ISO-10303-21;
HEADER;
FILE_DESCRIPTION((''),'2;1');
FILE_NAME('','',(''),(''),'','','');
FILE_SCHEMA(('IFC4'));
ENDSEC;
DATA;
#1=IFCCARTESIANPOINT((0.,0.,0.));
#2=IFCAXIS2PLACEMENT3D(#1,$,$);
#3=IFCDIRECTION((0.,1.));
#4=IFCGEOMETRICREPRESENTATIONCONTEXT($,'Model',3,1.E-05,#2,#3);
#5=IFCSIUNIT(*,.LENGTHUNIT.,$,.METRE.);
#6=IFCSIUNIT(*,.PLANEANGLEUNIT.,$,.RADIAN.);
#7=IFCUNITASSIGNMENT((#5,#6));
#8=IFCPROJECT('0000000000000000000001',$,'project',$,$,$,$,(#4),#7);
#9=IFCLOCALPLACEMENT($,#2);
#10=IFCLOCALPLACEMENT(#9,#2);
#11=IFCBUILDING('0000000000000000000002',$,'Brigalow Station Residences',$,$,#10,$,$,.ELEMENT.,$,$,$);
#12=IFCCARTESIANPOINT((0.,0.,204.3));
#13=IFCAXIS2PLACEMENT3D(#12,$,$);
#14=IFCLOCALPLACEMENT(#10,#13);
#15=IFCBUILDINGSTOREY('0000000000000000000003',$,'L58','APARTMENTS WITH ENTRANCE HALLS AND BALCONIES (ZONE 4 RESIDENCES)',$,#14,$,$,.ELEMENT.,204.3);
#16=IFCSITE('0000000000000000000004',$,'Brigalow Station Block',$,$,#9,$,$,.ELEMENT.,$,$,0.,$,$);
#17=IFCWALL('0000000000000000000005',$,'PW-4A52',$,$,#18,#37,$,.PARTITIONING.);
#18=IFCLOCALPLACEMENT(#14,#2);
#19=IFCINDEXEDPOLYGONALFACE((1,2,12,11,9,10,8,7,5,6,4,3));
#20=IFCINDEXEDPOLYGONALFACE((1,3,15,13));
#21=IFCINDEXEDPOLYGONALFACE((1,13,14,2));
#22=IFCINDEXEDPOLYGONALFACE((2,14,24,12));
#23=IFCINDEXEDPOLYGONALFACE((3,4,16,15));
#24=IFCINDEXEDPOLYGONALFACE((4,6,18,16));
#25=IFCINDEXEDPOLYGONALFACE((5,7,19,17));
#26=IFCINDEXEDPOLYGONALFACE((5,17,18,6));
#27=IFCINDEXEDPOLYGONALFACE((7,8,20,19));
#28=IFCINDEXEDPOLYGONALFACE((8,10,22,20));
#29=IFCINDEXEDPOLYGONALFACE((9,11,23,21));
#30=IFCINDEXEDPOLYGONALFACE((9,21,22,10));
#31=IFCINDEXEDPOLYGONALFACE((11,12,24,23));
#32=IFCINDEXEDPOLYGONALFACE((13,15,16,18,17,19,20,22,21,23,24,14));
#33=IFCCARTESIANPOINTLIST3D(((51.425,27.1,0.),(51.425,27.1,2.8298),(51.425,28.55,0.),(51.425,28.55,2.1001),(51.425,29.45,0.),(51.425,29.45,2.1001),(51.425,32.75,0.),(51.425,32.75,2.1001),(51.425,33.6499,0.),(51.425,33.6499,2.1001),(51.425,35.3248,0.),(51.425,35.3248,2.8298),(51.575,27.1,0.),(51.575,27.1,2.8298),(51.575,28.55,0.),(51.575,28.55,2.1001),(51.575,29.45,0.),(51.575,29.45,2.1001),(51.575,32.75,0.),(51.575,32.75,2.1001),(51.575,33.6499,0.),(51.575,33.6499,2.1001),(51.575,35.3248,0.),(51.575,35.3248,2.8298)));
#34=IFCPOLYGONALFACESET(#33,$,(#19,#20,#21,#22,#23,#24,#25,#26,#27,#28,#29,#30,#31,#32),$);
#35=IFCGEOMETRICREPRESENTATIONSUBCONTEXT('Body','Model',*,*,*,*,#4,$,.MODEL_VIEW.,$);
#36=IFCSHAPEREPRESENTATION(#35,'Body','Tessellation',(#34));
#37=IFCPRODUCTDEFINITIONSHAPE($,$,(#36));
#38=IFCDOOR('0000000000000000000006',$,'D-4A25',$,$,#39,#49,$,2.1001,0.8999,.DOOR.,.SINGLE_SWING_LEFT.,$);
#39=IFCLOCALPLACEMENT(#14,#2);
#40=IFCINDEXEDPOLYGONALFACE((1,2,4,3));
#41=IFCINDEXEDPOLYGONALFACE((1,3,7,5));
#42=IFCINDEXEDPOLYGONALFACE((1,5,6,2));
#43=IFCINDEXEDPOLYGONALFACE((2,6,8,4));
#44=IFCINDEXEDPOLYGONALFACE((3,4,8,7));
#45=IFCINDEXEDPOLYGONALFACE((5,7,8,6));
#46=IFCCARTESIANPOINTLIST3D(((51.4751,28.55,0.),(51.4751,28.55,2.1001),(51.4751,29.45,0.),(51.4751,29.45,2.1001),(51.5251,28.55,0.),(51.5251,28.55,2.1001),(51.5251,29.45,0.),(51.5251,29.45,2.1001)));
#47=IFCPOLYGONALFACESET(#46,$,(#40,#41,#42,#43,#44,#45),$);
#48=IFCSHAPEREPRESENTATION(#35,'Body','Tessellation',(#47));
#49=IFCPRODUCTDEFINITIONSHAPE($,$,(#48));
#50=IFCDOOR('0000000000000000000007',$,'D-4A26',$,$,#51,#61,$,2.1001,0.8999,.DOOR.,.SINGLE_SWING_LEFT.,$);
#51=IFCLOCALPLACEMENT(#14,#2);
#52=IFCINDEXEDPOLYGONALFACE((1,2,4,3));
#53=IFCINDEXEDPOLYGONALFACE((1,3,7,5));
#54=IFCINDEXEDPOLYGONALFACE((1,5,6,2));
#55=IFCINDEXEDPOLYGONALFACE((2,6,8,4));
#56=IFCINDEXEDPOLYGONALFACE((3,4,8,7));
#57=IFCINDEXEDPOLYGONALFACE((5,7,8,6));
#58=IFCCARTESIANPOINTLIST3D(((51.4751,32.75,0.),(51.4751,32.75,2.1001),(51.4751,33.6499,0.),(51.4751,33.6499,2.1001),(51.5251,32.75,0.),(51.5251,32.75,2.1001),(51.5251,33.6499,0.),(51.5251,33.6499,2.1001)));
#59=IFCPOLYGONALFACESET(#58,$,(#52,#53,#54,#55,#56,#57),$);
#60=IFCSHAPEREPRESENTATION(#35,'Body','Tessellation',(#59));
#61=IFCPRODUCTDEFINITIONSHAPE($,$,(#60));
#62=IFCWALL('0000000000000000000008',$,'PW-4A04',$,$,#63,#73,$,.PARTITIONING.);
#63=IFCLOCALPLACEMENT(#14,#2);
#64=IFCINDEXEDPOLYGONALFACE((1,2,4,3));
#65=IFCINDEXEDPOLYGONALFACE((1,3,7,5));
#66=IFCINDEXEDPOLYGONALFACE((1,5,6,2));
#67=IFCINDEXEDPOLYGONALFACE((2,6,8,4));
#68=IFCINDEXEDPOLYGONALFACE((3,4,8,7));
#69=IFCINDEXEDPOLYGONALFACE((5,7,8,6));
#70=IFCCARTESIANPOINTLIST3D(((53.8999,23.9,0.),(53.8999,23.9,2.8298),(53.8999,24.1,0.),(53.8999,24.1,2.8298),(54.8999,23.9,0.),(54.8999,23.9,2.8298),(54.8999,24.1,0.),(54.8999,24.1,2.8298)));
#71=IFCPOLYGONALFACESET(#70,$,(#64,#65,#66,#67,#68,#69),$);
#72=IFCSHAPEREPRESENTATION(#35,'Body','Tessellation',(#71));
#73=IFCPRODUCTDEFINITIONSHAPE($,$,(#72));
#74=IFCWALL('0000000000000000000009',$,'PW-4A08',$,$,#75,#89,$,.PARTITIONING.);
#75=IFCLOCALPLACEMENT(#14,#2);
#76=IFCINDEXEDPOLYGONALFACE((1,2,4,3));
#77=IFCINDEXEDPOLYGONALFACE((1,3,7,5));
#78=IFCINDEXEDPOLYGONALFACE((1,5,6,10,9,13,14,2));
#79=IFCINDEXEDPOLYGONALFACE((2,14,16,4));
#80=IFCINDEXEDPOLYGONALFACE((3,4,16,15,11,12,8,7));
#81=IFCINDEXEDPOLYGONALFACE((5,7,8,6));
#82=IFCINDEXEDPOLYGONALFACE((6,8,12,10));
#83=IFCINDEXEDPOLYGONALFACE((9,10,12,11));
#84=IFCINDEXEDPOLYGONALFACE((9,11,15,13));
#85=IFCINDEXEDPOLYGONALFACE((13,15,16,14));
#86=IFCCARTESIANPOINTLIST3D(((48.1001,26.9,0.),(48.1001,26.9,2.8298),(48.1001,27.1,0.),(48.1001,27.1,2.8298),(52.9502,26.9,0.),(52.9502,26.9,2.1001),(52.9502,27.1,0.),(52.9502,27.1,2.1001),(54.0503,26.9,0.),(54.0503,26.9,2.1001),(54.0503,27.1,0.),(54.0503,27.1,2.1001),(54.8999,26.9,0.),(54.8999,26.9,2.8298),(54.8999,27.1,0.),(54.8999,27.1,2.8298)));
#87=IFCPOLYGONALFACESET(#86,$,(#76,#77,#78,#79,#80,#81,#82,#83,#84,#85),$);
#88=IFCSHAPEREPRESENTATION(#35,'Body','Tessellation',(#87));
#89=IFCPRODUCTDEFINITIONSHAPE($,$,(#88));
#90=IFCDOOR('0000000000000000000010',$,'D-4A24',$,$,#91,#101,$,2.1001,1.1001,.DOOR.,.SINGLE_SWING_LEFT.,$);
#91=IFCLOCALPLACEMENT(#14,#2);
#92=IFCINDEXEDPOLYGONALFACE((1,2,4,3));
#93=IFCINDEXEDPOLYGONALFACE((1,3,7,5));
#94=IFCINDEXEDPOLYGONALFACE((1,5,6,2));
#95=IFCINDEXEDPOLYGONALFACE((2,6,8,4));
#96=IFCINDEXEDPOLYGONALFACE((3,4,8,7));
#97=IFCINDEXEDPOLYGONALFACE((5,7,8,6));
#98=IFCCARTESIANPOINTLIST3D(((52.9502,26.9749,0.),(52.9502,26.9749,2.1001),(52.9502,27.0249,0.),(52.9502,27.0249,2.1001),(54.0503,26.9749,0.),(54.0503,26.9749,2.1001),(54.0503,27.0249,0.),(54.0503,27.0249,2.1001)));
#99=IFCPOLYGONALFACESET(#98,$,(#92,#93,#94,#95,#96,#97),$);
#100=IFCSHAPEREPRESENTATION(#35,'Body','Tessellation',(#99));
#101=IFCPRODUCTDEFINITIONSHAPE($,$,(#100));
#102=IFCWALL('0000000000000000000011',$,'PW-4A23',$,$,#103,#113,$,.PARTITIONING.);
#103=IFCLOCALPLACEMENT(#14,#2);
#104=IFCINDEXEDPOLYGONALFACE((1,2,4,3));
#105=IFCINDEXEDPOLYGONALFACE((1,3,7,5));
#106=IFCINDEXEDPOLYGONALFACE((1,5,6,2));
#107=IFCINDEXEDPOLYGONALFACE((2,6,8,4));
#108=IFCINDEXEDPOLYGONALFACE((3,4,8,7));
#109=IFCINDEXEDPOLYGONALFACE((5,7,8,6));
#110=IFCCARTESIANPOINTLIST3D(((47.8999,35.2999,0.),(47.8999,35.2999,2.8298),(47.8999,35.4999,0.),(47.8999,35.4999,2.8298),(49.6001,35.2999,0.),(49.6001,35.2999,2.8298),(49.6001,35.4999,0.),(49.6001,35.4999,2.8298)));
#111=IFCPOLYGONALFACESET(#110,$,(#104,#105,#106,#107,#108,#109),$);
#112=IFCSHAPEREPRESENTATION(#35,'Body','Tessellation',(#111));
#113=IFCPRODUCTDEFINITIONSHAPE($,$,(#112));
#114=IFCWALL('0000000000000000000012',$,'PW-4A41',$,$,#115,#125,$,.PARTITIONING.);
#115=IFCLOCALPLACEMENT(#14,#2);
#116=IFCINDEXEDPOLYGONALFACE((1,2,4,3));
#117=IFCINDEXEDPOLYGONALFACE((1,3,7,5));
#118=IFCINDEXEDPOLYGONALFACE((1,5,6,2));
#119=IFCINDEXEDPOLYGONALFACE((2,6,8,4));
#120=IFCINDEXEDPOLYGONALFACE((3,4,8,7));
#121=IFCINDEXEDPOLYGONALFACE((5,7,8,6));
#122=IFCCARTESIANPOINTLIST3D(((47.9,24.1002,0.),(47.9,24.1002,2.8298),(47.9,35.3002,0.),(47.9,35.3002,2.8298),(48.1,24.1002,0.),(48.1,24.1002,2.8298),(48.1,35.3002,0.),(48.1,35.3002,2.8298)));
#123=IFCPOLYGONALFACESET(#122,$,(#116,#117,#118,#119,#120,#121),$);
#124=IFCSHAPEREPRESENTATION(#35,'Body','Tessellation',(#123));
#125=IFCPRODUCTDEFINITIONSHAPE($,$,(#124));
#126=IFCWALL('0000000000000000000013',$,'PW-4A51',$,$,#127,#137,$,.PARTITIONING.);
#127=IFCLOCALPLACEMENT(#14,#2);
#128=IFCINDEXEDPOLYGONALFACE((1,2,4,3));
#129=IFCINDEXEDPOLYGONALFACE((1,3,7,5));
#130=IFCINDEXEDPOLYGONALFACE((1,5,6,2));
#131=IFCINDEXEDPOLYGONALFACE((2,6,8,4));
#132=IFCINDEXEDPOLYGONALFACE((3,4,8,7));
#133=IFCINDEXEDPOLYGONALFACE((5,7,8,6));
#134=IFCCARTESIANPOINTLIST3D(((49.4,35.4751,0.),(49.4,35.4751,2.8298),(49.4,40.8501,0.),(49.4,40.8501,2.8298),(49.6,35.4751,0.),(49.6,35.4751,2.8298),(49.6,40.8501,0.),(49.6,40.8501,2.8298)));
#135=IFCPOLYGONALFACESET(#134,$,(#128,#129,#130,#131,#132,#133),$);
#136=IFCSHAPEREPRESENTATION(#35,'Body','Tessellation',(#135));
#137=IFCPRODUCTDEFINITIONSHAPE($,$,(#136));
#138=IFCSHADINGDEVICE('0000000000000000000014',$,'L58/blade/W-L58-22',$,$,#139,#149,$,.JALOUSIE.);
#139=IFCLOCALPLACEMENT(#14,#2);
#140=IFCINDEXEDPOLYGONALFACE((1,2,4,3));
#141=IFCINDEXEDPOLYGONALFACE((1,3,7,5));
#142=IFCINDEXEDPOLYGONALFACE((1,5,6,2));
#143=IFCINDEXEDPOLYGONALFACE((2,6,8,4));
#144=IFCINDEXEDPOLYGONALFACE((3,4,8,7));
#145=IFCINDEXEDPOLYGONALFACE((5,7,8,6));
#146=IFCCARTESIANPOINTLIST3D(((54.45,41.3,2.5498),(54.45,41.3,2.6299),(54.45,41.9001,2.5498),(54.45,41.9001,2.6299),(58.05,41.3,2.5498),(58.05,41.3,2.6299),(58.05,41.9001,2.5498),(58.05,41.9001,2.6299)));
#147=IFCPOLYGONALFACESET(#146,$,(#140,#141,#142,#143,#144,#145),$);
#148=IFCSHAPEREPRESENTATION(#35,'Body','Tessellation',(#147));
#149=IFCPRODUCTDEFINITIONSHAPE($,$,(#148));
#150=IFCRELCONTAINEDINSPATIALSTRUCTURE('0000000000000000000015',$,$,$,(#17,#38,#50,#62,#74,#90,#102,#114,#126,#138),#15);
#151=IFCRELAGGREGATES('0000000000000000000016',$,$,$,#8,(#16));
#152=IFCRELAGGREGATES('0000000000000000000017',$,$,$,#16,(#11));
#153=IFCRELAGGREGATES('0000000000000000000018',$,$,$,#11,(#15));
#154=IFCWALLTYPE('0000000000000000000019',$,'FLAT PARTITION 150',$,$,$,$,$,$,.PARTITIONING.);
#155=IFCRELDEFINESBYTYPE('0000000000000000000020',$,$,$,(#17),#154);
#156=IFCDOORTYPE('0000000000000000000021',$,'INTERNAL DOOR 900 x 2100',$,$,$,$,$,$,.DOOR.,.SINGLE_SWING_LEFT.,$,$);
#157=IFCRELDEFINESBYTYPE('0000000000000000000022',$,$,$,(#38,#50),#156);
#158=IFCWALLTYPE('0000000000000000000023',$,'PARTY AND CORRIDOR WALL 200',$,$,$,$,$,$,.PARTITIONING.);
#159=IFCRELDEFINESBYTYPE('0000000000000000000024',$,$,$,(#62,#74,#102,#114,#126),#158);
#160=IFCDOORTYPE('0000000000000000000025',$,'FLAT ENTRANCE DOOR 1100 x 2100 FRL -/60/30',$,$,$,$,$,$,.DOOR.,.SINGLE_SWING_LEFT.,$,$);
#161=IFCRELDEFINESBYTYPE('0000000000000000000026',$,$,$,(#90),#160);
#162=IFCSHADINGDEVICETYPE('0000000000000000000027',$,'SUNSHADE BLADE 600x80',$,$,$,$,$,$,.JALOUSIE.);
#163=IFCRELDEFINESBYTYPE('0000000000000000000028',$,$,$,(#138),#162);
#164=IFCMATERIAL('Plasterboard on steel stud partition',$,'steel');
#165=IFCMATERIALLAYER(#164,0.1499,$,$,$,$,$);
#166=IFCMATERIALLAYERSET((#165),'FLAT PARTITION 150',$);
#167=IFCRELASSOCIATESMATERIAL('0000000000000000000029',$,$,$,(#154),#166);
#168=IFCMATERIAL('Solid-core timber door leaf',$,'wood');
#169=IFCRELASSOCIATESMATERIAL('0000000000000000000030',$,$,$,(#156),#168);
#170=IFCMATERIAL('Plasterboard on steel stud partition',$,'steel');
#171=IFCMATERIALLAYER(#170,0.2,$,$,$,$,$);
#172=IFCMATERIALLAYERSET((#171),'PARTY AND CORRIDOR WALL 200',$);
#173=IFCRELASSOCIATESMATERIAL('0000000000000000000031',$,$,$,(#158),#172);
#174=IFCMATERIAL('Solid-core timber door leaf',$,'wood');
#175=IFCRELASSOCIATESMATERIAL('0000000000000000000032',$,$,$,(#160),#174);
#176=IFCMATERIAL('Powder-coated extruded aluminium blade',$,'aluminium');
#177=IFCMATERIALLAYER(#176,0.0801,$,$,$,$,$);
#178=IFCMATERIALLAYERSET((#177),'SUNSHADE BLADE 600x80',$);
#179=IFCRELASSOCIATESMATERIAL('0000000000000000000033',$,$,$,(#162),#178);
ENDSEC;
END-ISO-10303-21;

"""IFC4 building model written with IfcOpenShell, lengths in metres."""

from ifc_helpers import new_model, si_unit, direction, frame, frame_2d, origin, origin_2d, place, context, subcontext, project, spatial, rectangle, extrude, material, layer, layer_set, type_object, element, fill, save


model = new_model("IFC4")

# Units and contexts
model_context = context("Model", 3, precision=1e-05, world=origin(), true_north=direction((0.0, 1.0)))
body_context = subcontext(model_context, "Body", "Model", "MODEL_VIEW")
ifc_project = project(units=[si_unit("LENGTHUNIT", "METRE"), si_unit("PLANEANGLEUNIT", "RADIAN")], contexts=[model_context])

# Site, building, storey
site_placement = place(None, origin())
site = spatial("IfcSite", under=ifc_project, at=site_placement, Name="Brigalow Station Block", CompositionType="ELEMENT", RefElevation=0.0)
building_placement = place(site_placement, origin())
building = spatial("IfcBuilding", under=site, at=building_placement, Name="Brigalow Station Residences", CompositionType="ELEMENT")
storey_placement = place(building_placement, frame((0.0, 0.0, 204.3)))
storey = spatial("IfcBuildingStorey", under=building, at=storey_placement, Name="L58", Description="APARTMENTS WITH ENTRANCE HALLS AND BALCONIES (ZONE 4 RESIDENCES)", CompositionType="ELEMENT", Elevation=204.3)

# Shared definitions
ifc_material_1 = material(Name="Plasterboard on steel stud partition", Category="steel")
ifc_layer_1 = layer(ifc_material_1, 0.1499)
ifc_layer_set_1 = layer_set([ifc_layer_1], Name="FLAT PARTITION 150")
wall_type_1 = type_object("IfcWallType", Name="FLAT PARTITION 150", PredefinedType="PARTITIONING", material=ifc_layer_set_1)
ifc_material_2 = material(Name="Solid-core timber door leaf", Category="wood")
door_type_1 = type_object("IfcDoorType", Name="INTERNAL DOOR 900 x 2100", OperationType="SINGLE_SWING_LEFT", PredefinedType="DOOR", material=ifc_material_2)

# Wall, openings, doors
wall_1_placement = place(storey_placement, frame((51.5, 27.1001, 0.0), z_axis=(0.0, 0.0, 1.0), x_axis=(0.0, 1.0, 0.0)))
wall_1 = element("IfcWall", 1, at=wall_1_placement, inside=storey, type_object=wall_type_1, Name="PW-4A52", PredefinedType="PARTITIONING", context=body_context, shape_type="SweptSolid", body=[
    extrude(rectangle(XDim=8.2249, YDim=0.1499, at=frame_2d((4.1123, 0.0))), origin(), (0.0, 0.0, 1.0), 2.8298),
])
opening_1_placement = place(wall_1_placement, frame((1.45, 0.0, 0.0)))
opening_1 = element("IfcOpeningElement", 2, at=opening_1_placement, cuts=wall_1, PredefinedType="OPENING", context=body_context, shape_type="SweptSolid", body=[
    extrude(rectangle(XDim=0.8999, YDim=2.1001, at=frame_2d((0.45, 1.05))), frame((0.0, 0.085, 0.0), z_axis=(0.0, -1.0, 0.0), x_axis=(1.0, 0.0, 0.0)), (0.0, 0.0, 1.0), 0.1699),
])
opening_2_placement = place(wall_1_placement, frame((5.6499, 0.0, 0.0)))
opening_2 = element("IfcOpeningElement", 3, at=opening_2_placement, cuts=wall_1, PredefinedType="OPENING", context=body_context, shape_type="SweptSolid", body=[
    extrude(rectangle(XDim=0.8999, YDim=2.1001, at=frame_2d((0.45, 1.05))), frame((0.0, 0.085, 0.0), z_axis=(0.0, -1.0, 0.0), x_axis=(1.0, 0.0, 0.0)), (0.0, 0.0, 1.0), 0.1699),
])
door_1_placement = place(opening_1_placement, origin())
door_1 = element("IfcDoor", 4, at=door_1_placement, inside=storey, type_object=door_type_1, Name="D-4A25", OperationType="SINGLE_SWING_LEFT", OverallHeight=2.1001, OverallWidth=0.8999, PredefinedType="DOOR", context=body_context, shape_type="SweptSolid", body=[
    extrude(rectangle(XDim=0.8999, YDim=2.1001, at=frame_2d((0.45, 1.05))), frame((0.0, 0.0249, 0.0), z_axis=(0.0, -1.0, 0.0), x_axis=(1.0, 0.0, 0.0)), (0.0, 0.0, 1.0), 0.05),
])
fill(opening_1, door_1)
door_2_placement = place(opening_2_placement, origin())
door_2 = element("IfcDoor", 5, at=door_2_placement, inside=storey, type_object=door_type_1, Name="D-4A26", OperationType="SINGLE_SWING_LEFT", OverallHeight=2.1001, OverallWidth=0.8999, PredefinedType="DOOR", context=body_context, shape_type="SweptSolid", body=[
    extrude(rectangle(XDim=0.8999, YDim=2.1001, at=frame_2d((0.45, 1.05))), frame((0.0, 0.0249, 0.0), z_axis=(0.0, -1.0, 0.0), x_axis=(1.0, 0.0, 0.0)), (0.0, 0.0, 1.0), 0.05),
])
fill(opening_2, door_2)

# Wall
ifc_material_3 = material(Name="Plasterboard on steel stud partition", Category="steel")
ifc_layer_2 = layer(ifc_material_3, 0.2)
ifc_layer_set_2 = layer_set([ifc_layer_2], Name="PARTY AND CORRIDOR WALL 200")
wall_type_2 = type_object("IfcWallType", Name="PARTY AND CORRIDOR WALL 200", PredefinedType="PARTITIONING", material=ifc_layer_set_2)
wall_2_placement = place(storey_placement, frame((53.8999, 24.0, 0.0), z_axis=(0.0, 0.0, 1.0), x_axis=(1.0, 0.0, 0.0)))
element("IfcWall", 6, at=wall_2_placement, inside=storey, type_object=wall_type_2, Name="PW-4A04", PredefinedType="PARTITIONING", context=body_context, shape_type="SweptSolid", body=[
    extrude(rectangle(XDim=1.0, YDim=0.2, at=frame_2d((0.5, 0.0))), origin(), (0.0, 0.0, 1.0), 2.8298),
])

# Wall, opening, door
wall_3_placement = place(storey_placement, frame((48.1001, 27.0, 0.0), z_axis=(0.0, 0.0, 1.0), x_axis=(1.0, 0.0, 0.0)))
wall_3 = element("IfcWall", 7, at=wall_3_placement, inside=storey, type_object=wall_type_2, Name="PW-4A08", PredefinedType="PARTITIONING", context=body_context, shape_type="SweptSolid", body=[
    extrude(rectangle(XDim=6.7998, YDim=0.2, at=frame_2d((3.3999, 0.0))), origin(), (0.0, 0.0, 1.0), 2.8298),
])
opening_3_placement = place(wall_3_placement, frame((4.8501, 0.0, 0.0)))
opening_3 = element("IfcOpeningElement", 8, at=opening_3_placement, cuts=wall_3, PredefinedType="OPENING", context=body_context, shape_type="SweptSolid", body=[
    extrude(rectangle(XDim=1.1001, YDim=2.1001, at=frame_2d((0.55, 1.05))), frame((0.0, 0.1099, 0.0), z_axis=(0.0, -1.0, 0.0), x_axis=(1.0, 0.0, 0.0)), (0.0, 0.0, 1.0), 0.22),
])
ifc_material_4 = material(Name="Solid-core timber door leaf", Category="wood")
door_type_2 = type_object("IfcDoorType", Name="FLAT ENTRANCE DOOR 1100 x 2100 FRL -/60/30", OperationType="SINGLE_SWING_LEFT", PredefinedType="DOOR", material=ifc_material_4)
door_3_placement = place(opening_3_placement, origin())
door_3 = element("IfcDoor", 9, at=door_3_placement, inside=storey, type_object=door_type_2, Name="D-4A24", OperationType="SINGLE_SWING_LEFT", OverallHeight=2.1001, OverallWidth=1.1001, PredefinedType="DOOR", context=body_context, shape_type="SweptSolid", body=[
    extrude(rectangle(XDim=1.1001, YDim=2.1001, at=frame_2d((0.55, 1.05))), frame((0.0, 0.0249, 0.0), z_axis=(0.0, -1.0, 0.0), x_axis=(1.0, 0.0, 0.0)), (0.0, 0.0, 1.0), 0.05),
])
fill(opening_3, door_3)

# Walls
wall_4_placement = place(storey_placement, frame((47.8999, 35.3999, 0.0), z_axis=(0.0, 0.0, 1.0), x_axis=(1.0, 0.0, 0.0)))
element("IfcWall", 10, at=wall_4_placement, inside=storey, type_object=wall_type_2, Name="PW-4A23", PredefinedType="PARTITIONING", context=body_context, shape_type="SweptSolid", body=[
    extrude(rectangle(XDim=1.7002, YDim=0.2, at=frame_2d((0.8501, 0.0))), origin(), (0.0, 0.0, 1.0), 2.8298),
])
wall_5_placement = place(storey_placement, frame((48.0, 24.1001, 0.0), z_axis=(0.0, 0.0, 1.0), x_axis=(0.0, 1.0, 0.0)))
element("IfcWall", 11, at=wall_5_placement, inside=storey, type_object=wall_type_2, Name="PW-4A41", PredefinedType="PARTITIONING", context=body_context, shape_type="SweptSolid", body=[
    extrude(rectangle(XDim=11.2, YDim=0.2, at=frame_2d((5.6001, 0.0))), origin(), (0.0, 0.0, 1.0), 2.8298),
])
wall_6_placement = place(storey_placement, frame((49.5, 35.4751, 0.0), z_axis=(0.0, 0.0, 1.0), x_axis=(0.0, 1.0, 0.0)))
element("IfcWall", 12, at=wall_6_placement, inside=storey, type_object=wall_type_2, Name="PW-4A51", PredefinedType="PARTITIONING", context=body_context, shape_type="SweptSolid", body=[
    extrude(rectangle(XDim=5.375, YDim=0.2, at=frame_2d((2.6875, 0.0))), origin(), (0.0, 0.0, 1.0), 2.8298),
])

# Shading device
ifc_material_5 = material(Name="Powder-coated extruded aluminium blade", Category="aluminium")
ifc_layer_3 = layer(ifc_material_5, 0.0801)
ifc_layer_set_3 = layer_set([ifc_layer_3], Name="SUNSHADE BLADE 600x80")
shading_device_type = type_object("IfcShadingDeviceType", Name="SUNSHADE BLADE 600x80", PredefinedType="JALOUSIE", material=ifc_layer_set_3)
shading_device_placement = place(storey_placement, frame((56.25, 41.6001, 2.5498), z_axis=(0.0, 0.0, 1.0), x_axis=(-1.0, 0.0, 0.0)))
element("IfcShadingDevice", 13, at=shading_device_placement, inside=storey, type_object=shading_device_type, Name="L58/blade/W-L58-22", PredefinedType="JALOUSIE", context=body_context, shape_type="SweptSolid", body=[
    extrude(rectangle(XDim=3.6001, YDim=0.6001, at=origin_2d()), origin(), (0.0, 0.0, 1.0), 0.0801),
])

save(model, "model.ifc")
